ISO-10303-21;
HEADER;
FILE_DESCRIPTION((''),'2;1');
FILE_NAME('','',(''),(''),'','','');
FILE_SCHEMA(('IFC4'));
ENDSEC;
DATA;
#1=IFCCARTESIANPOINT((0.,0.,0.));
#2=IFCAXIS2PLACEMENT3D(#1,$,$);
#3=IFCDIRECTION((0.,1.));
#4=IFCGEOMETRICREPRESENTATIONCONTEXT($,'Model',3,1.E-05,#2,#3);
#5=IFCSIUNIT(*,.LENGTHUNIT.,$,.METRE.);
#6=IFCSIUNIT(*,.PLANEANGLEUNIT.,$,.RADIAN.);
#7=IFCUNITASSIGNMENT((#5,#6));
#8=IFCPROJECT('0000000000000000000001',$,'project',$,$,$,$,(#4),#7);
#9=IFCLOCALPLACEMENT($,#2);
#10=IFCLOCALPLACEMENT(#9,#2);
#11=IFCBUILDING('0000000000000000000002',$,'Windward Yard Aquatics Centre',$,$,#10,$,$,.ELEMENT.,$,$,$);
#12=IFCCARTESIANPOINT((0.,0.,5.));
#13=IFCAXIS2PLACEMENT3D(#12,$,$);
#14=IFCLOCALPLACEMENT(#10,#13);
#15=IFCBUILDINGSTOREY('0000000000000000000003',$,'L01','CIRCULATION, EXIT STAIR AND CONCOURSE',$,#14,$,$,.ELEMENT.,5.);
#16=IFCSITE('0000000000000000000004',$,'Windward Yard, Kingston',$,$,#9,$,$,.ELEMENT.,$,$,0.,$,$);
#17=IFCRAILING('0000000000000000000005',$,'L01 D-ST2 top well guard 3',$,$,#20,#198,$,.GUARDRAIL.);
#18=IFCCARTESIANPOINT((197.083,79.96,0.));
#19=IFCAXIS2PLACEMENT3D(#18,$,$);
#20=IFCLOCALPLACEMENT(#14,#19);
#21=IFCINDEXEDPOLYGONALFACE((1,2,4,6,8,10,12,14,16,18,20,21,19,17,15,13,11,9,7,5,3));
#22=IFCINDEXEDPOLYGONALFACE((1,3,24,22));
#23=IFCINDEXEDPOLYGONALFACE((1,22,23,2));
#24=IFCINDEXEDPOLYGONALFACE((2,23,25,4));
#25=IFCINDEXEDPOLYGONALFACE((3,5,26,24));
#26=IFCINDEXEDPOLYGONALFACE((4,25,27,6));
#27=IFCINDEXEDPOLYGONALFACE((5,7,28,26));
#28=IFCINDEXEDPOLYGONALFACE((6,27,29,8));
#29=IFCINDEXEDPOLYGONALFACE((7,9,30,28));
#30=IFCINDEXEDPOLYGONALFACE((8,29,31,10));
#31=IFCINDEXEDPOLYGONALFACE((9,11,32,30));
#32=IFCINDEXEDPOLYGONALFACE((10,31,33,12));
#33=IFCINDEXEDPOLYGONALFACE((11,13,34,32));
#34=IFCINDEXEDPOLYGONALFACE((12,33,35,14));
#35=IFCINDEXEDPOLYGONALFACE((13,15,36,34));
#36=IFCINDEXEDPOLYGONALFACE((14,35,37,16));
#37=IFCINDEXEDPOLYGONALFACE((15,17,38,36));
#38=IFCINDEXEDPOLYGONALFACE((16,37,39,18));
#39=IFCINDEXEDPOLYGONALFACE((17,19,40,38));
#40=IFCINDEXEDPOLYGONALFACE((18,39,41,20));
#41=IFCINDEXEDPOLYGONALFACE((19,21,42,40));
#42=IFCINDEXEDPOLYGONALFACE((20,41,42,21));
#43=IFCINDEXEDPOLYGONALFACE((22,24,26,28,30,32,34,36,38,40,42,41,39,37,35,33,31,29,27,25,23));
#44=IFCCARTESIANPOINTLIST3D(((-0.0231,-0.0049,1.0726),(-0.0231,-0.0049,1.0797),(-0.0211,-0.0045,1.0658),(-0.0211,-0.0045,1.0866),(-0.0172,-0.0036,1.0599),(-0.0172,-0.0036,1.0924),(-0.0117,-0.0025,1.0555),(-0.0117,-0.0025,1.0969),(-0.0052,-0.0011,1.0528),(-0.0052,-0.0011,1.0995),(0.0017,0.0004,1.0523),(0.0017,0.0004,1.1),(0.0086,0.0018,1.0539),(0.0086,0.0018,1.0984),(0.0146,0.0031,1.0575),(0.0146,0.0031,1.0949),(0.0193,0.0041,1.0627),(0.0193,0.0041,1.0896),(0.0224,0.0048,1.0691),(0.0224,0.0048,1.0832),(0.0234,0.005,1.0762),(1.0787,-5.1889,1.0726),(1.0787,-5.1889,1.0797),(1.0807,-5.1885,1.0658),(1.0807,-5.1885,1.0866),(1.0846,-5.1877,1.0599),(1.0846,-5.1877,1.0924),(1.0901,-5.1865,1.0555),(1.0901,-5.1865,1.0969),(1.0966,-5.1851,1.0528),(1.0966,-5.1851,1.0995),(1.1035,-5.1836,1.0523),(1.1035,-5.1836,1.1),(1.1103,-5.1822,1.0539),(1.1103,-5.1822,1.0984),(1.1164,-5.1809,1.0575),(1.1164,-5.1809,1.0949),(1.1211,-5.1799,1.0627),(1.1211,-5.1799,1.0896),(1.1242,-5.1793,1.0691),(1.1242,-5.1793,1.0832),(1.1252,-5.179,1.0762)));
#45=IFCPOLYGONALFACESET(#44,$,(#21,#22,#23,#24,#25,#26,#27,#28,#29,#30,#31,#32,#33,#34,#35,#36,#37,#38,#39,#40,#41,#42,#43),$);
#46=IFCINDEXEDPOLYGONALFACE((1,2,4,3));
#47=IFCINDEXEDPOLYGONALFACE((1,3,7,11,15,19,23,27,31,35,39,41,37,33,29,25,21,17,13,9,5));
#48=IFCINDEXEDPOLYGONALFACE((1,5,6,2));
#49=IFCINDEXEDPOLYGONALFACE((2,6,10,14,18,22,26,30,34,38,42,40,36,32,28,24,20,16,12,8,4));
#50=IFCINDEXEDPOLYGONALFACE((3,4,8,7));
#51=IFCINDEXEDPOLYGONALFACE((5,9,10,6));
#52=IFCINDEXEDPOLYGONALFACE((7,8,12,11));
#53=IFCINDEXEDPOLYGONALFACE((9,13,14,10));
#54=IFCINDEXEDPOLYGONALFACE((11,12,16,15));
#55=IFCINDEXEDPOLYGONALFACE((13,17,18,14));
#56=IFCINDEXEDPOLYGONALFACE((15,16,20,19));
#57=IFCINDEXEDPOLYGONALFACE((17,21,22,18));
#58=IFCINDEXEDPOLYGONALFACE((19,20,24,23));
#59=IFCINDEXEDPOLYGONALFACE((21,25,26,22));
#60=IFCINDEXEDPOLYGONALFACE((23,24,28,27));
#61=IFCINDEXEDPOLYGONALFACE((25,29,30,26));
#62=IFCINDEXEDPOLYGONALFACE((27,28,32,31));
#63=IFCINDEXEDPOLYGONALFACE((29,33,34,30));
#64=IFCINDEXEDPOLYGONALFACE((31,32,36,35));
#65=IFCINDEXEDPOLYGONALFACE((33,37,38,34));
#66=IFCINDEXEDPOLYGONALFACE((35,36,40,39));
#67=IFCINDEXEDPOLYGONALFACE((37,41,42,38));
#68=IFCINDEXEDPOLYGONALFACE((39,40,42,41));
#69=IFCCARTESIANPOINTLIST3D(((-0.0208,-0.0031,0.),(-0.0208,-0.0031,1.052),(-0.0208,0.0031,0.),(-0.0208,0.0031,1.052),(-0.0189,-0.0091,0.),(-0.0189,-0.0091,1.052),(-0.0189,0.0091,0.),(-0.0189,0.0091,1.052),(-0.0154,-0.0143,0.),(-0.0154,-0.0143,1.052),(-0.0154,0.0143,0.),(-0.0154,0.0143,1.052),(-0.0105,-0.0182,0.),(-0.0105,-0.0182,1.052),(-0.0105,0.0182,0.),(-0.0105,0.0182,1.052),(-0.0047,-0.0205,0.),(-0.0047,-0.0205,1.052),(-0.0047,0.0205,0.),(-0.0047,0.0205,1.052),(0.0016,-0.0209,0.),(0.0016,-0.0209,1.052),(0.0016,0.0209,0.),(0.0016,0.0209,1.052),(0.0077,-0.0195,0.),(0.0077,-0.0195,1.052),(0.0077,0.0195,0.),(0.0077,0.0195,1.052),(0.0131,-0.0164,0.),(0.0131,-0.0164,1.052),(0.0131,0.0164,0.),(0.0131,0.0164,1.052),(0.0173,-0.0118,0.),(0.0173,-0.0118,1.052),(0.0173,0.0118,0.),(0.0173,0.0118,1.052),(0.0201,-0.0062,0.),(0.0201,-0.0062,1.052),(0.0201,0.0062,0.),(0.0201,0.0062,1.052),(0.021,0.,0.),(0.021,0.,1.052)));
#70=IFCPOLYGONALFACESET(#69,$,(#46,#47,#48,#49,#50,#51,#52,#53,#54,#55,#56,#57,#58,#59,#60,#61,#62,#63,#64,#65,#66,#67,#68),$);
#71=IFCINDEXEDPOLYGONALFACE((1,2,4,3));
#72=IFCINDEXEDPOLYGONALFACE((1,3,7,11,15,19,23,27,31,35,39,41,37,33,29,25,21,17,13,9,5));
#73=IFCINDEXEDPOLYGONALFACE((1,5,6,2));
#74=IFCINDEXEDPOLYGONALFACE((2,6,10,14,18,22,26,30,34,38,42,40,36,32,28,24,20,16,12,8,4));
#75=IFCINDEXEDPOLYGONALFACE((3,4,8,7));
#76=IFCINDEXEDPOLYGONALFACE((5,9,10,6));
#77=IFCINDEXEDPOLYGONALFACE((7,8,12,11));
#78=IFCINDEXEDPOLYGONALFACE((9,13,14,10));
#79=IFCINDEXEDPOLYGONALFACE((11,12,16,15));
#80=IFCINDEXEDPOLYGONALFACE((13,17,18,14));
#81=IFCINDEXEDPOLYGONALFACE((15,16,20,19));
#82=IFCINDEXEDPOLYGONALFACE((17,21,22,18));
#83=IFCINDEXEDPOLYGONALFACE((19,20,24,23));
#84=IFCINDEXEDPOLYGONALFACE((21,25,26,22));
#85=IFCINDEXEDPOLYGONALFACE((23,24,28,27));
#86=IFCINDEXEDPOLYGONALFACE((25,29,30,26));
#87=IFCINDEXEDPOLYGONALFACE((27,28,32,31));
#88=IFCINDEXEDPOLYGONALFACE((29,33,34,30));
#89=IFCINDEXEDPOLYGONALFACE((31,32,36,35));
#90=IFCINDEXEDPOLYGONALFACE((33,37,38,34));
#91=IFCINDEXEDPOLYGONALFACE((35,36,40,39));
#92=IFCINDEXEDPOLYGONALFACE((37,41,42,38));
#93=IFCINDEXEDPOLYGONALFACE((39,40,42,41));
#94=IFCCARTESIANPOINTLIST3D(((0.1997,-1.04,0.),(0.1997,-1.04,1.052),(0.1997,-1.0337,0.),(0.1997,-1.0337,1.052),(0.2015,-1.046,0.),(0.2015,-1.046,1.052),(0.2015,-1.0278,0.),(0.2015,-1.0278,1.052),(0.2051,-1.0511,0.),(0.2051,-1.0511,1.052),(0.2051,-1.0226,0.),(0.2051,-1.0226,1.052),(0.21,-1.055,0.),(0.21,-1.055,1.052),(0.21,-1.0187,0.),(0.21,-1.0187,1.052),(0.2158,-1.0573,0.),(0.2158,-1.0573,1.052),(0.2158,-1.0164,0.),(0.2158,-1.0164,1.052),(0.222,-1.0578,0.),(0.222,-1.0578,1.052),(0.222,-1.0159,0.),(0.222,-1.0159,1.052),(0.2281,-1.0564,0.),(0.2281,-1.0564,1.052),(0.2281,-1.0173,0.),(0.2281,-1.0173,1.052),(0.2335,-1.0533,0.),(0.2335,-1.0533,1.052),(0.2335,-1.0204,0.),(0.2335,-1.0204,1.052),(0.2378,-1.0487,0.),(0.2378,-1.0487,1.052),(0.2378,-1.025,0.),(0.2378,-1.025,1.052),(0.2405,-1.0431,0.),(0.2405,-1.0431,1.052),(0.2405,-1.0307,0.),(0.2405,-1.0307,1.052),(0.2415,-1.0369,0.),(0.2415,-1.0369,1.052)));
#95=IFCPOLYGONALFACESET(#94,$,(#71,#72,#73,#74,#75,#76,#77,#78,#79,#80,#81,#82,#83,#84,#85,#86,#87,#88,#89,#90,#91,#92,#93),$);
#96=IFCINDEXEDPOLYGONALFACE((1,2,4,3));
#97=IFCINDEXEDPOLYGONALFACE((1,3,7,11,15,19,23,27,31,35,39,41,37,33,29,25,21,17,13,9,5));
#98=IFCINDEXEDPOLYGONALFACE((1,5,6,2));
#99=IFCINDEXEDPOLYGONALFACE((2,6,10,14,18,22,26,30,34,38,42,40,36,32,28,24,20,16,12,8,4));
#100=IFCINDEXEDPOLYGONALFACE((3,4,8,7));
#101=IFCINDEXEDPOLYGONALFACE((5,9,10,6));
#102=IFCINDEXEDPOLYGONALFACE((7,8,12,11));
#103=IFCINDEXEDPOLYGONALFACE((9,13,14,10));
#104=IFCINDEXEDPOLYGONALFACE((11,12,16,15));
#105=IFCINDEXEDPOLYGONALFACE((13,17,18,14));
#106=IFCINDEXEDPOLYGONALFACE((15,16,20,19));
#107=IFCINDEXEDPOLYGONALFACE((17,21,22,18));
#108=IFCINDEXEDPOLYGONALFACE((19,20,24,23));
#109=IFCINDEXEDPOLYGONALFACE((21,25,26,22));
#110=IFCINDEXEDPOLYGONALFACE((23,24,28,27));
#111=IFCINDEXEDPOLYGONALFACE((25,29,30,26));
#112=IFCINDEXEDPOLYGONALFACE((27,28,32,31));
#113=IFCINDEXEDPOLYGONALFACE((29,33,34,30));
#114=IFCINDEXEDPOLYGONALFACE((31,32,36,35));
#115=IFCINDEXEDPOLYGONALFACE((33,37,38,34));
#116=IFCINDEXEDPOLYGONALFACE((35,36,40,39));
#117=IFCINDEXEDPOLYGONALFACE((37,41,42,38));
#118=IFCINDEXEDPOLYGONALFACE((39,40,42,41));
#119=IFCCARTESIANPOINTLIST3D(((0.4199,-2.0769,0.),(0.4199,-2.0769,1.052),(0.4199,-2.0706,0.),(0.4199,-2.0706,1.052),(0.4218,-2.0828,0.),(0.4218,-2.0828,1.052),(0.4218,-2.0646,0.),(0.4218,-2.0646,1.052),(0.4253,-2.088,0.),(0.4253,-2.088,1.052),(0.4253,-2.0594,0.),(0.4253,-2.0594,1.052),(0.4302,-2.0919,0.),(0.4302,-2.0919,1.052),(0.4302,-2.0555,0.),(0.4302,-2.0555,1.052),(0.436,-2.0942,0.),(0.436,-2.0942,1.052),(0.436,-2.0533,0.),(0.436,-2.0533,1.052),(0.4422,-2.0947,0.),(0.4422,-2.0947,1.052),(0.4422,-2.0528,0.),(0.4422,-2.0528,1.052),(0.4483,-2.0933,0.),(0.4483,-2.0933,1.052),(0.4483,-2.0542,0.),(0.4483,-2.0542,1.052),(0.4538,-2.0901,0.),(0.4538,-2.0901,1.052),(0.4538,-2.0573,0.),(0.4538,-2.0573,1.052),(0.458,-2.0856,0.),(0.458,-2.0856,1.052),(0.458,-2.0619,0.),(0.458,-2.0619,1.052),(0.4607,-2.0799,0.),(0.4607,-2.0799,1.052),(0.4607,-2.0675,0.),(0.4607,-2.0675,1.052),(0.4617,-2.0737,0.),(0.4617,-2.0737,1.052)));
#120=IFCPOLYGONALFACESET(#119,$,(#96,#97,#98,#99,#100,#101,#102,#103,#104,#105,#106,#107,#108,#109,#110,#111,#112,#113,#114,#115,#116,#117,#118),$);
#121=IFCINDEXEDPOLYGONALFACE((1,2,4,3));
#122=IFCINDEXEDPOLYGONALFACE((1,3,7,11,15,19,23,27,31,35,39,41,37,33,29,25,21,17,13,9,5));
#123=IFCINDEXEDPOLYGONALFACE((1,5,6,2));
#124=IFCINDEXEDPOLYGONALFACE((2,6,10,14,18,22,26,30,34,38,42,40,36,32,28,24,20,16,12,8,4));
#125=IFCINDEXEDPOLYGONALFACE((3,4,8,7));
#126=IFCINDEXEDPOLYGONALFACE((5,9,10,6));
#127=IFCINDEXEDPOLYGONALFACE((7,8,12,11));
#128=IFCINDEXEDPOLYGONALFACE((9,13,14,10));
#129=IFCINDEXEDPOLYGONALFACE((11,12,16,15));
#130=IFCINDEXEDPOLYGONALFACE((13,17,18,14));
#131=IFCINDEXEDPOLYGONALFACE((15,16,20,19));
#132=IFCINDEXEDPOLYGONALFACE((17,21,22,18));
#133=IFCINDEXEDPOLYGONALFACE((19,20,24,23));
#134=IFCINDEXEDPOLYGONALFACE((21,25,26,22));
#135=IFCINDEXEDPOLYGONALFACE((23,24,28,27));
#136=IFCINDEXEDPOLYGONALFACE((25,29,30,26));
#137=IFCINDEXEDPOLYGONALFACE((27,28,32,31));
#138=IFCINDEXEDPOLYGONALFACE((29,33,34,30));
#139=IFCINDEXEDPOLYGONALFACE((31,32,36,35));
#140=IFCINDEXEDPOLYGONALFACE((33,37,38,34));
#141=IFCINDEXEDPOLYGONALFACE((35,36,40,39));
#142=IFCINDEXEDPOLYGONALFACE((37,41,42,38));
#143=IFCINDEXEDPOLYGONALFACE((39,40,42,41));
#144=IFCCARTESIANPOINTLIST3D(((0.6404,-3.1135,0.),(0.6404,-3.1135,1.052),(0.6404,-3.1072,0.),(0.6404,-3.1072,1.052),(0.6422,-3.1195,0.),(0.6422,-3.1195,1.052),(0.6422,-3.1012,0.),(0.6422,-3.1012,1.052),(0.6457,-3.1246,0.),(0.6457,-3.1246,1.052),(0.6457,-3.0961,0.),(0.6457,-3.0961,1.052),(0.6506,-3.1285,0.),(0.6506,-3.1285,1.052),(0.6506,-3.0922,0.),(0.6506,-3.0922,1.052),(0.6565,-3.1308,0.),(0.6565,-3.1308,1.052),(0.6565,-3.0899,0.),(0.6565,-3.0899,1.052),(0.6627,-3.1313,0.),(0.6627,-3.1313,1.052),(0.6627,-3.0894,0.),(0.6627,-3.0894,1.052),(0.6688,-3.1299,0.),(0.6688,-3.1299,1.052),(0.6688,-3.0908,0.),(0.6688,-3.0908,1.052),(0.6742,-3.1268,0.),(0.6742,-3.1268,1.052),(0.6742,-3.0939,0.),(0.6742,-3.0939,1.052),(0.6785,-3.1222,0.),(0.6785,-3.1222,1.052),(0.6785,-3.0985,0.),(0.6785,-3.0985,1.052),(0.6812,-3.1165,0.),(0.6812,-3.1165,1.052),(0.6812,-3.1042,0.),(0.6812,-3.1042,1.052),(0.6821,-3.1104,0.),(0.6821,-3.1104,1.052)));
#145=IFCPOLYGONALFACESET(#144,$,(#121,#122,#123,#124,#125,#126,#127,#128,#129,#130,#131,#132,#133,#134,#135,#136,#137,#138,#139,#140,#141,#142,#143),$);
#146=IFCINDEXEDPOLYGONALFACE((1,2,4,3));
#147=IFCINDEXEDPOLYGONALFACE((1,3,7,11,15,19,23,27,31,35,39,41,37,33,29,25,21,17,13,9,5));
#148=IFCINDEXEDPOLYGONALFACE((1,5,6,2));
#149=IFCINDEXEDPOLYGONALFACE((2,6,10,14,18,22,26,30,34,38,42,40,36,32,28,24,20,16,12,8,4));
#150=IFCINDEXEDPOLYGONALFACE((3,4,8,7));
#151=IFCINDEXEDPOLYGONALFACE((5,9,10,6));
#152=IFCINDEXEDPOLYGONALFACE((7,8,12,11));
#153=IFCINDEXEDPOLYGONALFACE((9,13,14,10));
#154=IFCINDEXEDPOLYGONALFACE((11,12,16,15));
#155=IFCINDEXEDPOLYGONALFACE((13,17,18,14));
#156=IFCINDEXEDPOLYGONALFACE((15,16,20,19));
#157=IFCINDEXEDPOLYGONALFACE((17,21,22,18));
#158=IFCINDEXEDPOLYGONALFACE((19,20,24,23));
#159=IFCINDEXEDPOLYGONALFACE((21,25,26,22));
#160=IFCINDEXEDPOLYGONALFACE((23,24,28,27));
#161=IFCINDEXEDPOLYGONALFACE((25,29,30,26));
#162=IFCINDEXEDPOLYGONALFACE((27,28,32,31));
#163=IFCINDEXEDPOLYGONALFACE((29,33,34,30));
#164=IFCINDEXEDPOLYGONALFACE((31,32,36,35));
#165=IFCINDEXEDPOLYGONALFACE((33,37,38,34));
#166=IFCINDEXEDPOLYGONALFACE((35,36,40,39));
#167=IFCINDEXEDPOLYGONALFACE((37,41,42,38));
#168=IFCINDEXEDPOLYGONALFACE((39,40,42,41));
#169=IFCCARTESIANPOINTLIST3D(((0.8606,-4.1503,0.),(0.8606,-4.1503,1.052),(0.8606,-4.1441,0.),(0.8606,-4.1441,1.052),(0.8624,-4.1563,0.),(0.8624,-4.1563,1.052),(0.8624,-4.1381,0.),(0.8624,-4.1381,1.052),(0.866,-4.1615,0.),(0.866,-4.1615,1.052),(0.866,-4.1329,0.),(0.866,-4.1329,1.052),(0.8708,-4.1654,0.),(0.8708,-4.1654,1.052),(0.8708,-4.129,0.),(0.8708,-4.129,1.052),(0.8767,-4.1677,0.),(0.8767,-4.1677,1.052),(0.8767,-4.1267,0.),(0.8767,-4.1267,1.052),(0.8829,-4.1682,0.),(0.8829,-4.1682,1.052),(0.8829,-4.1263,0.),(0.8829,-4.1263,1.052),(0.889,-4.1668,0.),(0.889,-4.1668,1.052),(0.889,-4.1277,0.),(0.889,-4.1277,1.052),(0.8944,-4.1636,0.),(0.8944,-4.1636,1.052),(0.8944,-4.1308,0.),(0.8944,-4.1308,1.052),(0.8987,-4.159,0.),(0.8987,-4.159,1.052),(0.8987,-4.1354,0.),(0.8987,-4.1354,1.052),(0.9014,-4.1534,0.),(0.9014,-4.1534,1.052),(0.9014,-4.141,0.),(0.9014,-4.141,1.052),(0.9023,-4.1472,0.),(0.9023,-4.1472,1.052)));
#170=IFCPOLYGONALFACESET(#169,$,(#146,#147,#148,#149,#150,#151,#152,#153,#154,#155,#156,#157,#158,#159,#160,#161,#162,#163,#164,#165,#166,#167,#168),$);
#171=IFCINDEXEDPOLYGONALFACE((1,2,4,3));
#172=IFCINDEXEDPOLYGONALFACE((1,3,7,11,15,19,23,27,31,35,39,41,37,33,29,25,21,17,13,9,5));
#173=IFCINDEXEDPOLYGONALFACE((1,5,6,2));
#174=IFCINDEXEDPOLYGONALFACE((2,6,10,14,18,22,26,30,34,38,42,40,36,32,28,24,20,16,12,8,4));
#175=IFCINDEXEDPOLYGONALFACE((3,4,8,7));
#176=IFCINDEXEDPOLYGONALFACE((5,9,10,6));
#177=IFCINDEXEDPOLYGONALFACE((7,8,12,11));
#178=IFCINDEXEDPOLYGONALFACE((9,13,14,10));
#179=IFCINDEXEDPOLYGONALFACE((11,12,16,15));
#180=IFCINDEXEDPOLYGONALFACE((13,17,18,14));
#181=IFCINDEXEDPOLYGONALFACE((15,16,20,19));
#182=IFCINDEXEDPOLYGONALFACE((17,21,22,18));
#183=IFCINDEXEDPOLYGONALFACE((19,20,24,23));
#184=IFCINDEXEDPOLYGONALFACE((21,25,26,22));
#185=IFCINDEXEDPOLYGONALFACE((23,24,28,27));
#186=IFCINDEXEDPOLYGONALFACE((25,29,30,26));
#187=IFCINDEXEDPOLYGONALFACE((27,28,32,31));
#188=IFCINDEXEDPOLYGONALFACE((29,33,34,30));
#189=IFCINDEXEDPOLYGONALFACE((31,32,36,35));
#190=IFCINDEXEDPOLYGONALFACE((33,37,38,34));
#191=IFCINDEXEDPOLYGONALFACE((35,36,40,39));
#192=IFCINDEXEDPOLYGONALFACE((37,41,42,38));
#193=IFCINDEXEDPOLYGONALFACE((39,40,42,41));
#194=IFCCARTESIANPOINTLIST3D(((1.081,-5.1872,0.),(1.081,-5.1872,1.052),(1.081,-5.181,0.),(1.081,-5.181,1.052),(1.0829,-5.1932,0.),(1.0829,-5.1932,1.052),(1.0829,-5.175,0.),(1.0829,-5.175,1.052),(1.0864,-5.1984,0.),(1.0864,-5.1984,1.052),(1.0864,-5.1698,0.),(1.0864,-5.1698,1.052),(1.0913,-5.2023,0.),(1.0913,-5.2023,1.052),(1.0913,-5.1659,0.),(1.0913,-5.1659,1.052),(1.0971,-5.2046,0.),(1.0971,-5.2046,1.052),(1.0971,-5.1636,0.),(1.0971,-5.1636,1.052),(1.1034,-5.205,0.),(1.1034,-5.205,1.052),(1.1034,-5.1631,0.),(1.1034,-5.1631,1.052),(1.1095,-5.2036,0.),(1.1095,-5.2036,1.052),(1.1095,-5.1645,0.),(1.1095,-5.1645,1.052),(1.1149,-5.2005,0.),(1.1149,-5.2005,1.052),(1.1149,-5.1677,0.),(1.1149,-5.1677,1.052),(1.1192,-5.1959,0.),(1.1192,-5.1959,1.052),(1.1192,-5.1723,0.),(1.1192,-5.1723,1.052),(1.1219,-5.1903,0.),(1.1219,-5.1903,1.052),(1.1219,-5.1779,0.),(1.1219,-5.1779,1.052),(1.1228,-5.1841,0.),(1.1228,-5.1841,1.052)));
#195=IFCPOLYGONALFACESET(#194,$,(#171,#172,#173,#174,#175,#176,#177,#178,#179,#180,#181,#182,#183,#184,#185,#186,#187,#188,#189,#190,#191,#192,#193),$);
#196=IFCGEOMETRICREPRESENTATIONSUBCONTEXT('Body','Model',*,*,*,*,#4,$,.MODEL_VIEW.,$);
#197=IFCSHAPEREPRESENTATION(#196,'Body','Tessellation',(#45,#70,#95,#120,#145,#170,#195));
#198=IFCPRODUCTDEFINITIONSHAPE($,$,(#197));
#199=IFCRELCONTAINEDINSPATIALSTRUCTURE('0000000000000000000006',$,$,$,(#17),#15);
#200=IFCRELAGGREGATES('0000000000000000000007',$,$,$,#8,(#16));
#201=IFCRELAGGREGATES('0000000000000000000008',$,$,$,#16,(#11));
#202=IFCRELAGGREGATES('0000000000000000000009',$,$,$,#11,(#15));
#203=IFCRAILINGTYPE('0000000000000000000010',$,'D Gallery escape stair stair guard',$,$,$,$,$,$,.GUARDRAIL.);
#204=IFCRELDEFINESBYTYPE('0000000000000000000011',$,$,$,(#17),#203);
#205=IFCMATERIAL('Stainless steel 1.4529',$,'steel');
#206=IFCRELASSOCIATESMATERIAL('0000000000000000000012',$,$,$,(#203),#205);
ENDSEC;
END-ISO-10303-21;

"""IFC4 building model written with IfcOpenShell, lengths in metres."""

from ifc_helpers import new_model, si_unit, direction, frame, origin, origin_2d, place, context, subcontext, project, spatial, circle, extrude, material, type_object, element, save


model = new_model("IFC4")

# Units and contexts
model_context = context("Model", 3, precision=1e-05, world=origin(), true_north=direction((0.0, 1.0)))
body_context = subcontext(model_context, "Body", "Model", "MODEL_VIEW")
ifc_project = project(units=[si_unit("LENGTHUNIT", "METRE"), si_unit("PLANEANGLEUNIT", "RADIAN")], contexts=[model_context])

# Site, building, storey
site_placement = place(None, origin())
site = spatial("IfcSite", under=ifc_project, at=site_placement, Name="Windward Yard, Kingston", CompositionType="ELEMENT", RefElevation=0.0)
building_placement = place(site_placement, origin())
building = spatial("IfcBuilding", under=site, at=building_placement, Name="Windward Yard Aquatics Centre", CompositionType="ELEMENT")
storey_placement = place(building_placement, frame((0.0, 0.0, 5.0)))
storey = spatial("IfcBuildingStorey", under=building, at=storey_placement, Name="L01", Description="CIRCULATION, EXIT STAIR AND CONCOURSE", CompositionType="ELEMENT", Elevation=5.0)

# Railing
ifc_material_1 = material(Name="Stainless steel 1.4529", Category="steel")
railing_type = type_object("IfcRailingType", Name="D Gallery escape stair stair guard", PredefinedType="GUARDRAIL", material=ifc_material_1)
for number, where, name in (
    (1, (197.083, 79.96, 0.0), "L01 D-ST2 top well guard 3"),
):
    element("IfcRailing", number, at=place(storey_placement, frame(where)), inside=storey, type_object=railing_type, Name=name, PredefinedType="GUARDRAIL", context=body_context, shape_type="SweptSolid", body=[
        extrude(circle(Radius=0.0239, at=origin_2d()), frame((0.0, 0.0, 1.0762), z_axis=(0.207893, -0.978152, 0.0), x_axis=(0.978152, 0.207893, 0.0)), (0.0, 0.0, 1.0), 5.2998),
        extrude(circle(Radius=0.021, at=origin_2d()), origin(), (0.0, 0.0, 1.0), 1.052),
        extrude(circle(Radius=0.021, at=origin_2d()), frame((0.2205, -1.0369, 0.0)), (0.0, 0.0, 1.0), 1.052),
        extrude(circle(Radius=0.021, at=origin_2d()), frame((0.4407, -2.0737, 0.0)), (0.0, 0.0, 1.0), 1.052),
        extrude(circle(Radius=0.021, at=origin_2d()), frame((0.6611, -3.1104, 0.0)), (0.0, 0.0, 1.0), 1.052),
        extrude(circle(Radius=0.021, at=origin_2d()), frame((0.8813, -4.1472, 0.0)), (0.0, 0.0, 1.0), 1.052),
        extrude(circle(Radius=0.021, at=origin_2d()), frame((1.1018, -5.1841, 0.0)), (0.0, 0.0, 1.0), 1.052),
    ])

save(model, "model.ifc")
